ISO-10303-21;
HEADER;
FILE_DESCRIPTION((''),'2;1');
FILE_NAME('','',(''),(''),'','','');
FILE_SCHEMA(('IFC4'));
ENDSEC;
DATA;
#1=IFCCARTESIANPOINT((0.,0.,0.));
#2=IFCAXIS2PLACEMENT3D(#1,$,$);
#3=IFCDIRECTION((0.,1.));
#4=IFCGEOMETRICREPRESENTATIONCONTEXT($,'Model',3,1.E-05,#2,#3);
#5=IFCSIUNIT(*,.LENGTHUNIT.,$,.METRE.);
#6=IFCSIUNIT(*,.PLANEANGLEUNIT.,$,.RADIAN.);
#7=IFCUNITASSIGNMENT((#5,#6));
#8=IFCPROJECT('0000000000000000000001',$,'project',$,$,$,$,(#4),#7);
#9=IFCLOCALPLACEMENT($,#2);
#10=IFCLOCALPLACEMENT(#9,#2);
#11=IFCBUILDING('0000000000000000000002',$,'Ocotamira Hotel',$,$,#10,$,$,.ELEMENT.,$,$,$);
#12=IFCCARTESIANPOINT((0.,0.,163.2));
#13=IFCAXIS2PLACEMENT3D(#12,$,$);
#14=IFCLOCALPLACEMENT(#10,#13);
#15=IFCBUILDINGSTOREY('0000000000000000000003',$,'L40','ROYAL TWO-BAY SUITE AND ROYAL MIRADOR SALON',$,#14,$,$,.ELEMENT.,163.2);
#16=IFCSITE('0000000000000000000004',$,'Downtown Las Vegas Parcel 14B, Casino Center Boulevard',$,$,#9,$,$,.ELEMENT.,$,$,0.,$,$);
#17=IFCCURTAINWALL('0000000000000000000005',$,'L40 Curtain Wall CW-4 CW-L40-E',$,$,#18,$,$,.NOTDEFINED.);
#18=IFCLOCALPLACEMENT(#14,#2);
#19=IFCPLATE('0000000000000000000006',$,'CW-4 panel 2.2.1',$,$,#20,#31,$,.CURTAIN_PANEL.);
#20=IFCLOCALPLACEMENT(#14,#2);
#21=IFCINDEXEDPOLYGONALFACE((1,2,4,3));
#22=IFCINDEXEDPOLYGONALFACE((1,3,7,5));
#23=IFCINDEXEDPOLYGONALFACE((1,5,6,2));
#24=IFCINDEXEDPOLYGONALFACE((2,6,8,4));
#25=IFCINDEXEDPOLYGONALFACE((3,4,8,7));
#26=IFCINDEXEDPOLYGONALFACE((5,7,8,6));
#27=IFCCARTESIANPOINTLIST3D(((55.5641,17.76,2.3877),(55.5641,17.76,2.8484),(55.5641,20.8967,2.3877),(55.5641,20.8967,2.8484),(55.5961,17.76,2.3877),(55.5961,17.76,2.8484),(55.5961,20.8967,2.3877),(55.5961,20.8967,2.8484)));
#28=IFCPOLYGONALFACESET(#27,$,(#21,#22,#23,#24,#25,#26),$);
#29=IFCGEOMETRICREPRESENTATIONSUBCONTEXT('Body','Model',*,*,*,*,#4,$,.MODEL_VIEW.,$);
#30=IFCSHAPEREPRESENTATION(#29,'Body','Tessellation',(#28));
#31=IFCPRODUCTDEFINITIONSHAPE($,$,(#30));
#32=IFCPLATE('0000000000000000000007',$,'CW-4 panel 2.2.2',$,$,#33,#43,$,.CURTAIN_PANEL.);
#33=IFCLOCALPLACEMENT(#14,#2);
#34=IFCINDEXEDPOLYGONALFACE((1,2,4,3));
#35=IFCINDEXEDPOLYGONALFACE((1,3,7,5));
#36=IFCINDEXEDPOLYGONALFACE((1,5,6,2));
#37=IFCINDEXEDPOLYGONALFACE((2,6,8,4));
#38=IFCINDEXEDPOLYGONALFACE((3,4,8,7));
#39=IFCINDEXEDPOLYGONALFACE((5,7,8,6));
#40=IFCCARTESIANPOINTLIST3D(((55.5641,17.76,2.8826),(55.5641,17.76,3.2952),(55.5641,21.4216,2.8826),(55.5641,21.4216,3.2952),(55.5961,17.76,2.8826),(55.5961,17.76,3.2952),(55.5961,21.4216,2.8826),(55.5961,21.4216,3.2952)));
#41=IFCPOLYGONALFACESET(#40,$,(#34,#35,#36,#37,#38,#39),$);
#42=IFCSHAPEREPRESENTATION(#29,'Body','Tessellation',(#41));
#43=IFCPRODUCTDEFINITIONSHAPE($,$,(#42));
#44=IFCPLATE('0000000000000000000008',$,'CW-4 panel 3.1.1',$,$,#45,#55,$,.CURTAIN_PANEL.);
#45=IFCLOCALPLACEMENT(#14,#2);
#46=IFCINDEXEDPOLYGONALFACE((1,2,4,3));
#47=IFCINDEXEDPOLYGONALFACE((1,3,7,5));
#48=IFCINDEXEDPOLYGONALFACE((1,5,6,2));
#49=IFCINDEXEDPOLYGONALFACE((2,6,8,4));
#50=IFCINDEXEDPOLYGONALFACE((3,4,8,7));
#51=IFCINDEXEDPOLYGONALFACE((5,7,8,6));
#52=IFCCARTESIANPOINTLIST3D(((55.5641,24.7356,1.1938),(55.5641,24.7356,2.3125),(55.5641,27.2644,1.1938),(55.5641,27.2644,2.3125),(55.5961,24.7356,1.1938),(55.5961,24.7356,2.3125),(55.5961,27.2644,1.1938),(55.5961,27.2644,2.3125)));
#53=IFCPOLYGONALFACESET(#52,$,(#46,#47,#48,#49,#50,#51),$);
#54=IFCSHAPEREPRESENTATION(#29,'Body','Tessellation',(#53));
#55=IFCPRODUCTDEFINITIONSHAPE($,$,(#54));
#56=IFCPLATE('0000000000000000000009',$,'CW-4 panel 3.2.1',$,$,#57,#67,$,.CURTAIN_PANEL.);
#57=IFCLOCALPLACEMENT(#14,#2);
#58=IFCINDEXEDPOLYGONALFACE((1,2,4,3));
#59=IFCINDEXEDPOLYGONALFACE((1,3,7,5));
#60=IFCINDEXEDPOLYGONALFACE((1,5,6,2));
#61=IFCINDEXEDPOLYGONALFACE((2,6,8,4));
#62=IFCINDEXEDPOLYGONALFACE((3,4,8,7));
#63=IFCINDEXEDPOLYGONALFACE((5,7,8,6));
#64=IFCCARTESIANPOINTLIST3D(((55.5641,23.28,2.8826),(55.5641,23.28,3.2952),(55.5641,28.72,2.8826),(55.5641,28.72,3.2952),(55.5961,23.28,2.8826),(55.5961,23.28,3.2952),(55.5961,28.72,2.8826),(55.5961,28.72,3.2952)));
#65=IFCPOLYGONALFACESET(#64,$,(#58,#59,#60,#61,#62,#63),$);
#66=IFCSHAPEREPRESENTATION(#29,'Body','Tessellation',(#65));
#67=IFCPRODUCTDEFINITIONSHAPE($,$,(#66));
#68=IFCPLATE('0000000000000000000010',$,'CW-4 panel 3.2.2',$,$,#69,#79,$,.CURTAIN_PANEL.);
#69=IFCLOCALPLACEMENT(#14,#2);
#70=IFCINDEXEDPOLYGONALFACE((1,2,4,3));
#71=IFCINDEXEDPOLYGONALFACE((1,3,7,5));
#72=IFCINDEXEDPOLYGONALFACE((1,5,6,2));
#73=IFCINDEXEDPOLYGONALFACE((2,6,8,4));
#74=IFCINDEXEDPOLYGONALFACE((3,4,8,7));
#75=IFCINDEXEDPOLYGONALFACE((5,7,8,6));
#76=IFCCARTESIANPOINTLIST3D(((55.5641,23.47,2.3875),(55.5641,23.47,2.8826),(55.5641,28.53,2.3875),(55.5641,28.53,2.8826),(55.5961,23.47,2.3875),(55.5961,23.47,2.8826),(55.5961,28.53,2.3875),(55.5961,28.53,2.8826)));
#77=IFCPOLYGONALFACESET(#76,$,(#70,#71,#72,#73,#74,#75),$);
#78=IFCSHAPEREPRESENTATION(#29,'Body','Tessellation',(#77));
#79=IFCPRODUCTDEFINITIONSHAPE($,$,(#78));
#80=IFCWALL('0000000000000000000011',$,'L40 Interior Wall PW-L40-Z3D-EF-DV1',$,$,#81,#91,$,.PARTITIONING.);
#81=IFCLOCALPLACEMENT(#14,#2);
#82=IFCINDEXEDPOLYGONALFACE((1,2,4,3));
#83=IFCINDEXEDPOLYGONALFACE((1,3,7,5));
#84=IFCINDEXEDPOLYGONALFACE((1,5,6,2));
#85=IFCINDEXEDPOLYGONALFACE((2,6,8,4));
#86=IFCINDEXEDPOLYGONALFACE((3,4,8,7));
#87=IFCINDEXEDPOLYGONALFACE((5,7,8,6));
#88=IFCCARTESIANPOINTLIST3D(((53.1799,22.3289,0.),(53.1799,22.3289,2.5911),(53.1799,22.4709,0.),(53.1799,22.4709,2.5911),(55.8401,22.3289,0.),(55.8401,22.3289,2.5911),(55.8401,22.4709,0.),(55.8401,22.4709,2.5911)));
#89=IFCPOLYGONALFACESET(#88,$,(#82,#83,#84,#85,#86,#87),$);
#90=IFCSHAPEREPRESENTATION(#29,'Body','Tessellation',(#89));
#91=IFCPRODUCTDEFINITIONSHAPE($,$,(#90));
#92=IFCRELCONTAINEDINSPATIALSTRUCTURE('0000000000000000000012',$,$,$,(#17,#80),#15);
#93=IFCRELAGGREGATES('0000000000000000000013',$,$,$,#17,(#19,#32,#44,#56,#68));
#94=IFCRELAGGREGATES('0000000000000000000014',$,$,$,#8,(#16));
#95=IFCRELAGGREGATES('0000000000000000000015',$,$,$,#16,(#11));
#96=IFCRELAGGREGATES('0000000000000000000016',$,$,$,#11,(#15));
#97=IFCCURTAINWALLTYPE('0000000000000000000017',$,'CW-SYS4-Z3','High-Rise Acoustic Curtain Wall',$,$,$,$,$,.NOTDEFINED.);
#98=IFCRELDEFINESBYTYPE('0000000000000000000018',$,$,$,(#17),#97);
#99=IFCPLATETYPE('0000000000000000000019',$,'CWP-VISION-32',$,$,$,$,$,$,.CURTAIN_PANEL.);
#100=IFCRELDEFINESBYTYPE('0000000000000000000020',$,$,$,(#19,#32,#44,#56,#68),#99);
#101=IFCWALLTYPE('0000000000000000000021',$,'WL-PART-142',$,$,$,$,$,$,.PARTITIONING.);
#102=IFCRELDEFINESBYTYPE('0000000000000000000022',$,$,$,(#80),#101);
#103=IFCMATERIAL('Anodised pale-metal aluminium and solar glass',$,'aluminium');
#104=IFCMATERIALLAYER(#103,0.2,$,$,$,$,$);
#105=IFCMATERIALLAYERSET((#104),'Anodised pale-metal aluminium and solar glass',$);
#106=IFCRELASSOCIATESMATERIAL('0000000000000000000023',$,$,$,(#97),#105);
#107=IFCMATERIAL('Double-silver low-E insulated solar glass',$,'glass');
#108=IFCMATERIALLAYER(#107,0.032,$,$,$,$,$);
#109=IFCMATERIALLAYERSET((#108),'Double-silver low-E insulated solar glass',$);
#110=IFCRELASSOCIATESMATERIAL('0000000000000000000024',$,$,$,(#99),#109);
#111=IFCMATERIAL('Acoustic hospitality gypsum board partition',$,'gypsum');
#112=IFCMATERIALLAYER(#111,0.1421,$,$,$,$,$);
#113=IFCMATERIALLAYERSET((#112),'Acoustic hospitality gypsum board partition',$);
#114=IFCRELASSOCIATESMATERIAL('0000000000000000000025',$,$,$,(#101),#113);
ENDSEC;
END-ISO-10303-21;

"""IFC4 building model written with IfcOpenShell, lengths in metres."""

from ifc_helpers import new_model, si_unit, direction, frame, frame_2d, origin, origin_2d, place, context, subcontext, project, spatial, rectangle, extrude, source, transform, mapped, material, layer, layer_set, type_object, element, aggregate, save


model = new_model("IFC4")

# Units and contexts
model_context = context("Model", 3, precision=1e-05, world=origin(), true_north=direction((0.0, 1.0)))
body_context = subcontext(model_context, "Body", "Model", "MODEL_VIEW")
ifc_project = project(units=[si_unit("LENGTHUNIT", "METRE"), si_unit("PLANEANGLEUNIT", "RADIAN")], contexts=[model_context])

# Site, building, storey
site_placement = place(None, origin())
site = spatial("IfcSite", under=ifc_project, at=site_placement, Name="Downtown Las Vegas Parcel 14B, Casino Center Boulevard", CompositionType="ELEMENT", RefElevation=0.0)
building_placement = place(site_placement, origin())
building = spatial("IfcBuilding", under=site, at=building_placement, Name="Ocotamira Hotel", CompositionType="ELEMENT")
storey_placement = place(building_placement, frame((0.0, 0.0, 163.2)))
storey = spatial("IfcBuildingStorey", under=building, at=storey_placement, Name="L40", Description="ROYAL TWO-BAY SUITE AND ROYAL MIRADOR SALON", CompositionType="ELEMENT", Elevation=163.2)

# Curtain wall
ifc_material_1 = material(Name="Anodised pale-metal aluminium and solar glass", Category="aluminium")
ifc_layer_1 = layer(ifc_material_1, 0.2)
ifc_layer_set_1 = layer_set([ifc_layer_1], Name="Anodised pale-metal aluminium and solar glass")
curtain_wall_type = type_object("IfcCurtainWallType", Name="CW-SYS4-Z3", Description="High-Rise Acoustic Curtain Wall", PredefinedType="NOTDEFINED", material=ifc_layer_set_1)
curtain_wall_placement = place(storey_placement, origin())
curtain_wall = element("IfcCurtainWall", 1, at=curtain_wall_placement, inside=storey, type_object=curtain_wall_type, Name="L40 Curtain Wall CW-4 CW-L40-E", PredefinedType="NOTDEFINED")

# Plates
ifc_material_2 = material(Name="Double-silver low-E insulated solar glass", Category="glass")
ifc_layer_2 = layer(ifc_material_2, 0.032)
ifc_layer_set_2 = layer_set([ifc_layer_2], Name="Double-silver low-E insulated solar glass")
plate_type_1 = type_object("IfcPlateType", Name="CWP-VISION-32", PredefinedType="CURTAIN_PANEL", material=ifc_layer_set_2)
shared_shape_1 = source(origin(), body_context, "Body", "SweptSolid", [
    extrude(rectangle(XDim=3.1367, YDim=0.032, at=origin_2d()), origin(), (0.0, 0.0, 1.0), 0.4607),
])
plate_1_placement = place(storey_placement, frame((55.5801, 19.3284, 2.3877), z_axis=(0.0, 0.0, 1.0), x_axis=(0.0, 1.0, 0.0)))
plate_1 = element("IfcPlate", 2, at=plate_1_placement, type_object=plate_type_1, Name="CW-4 panel 2.2.1", PredefinedType="CURTAIN_PANEL", context=body_context, shape_type="MappedRepresentation", body=[
    mapped(shared_shape_1, transform((0.0, 0.0, 0.0), scale=1.0)),
])
shared_shape_2 = source(origin(), body_context, "Body", "SweptSolid", [
    extrude(rectangle(XDim=3.6616, YDim=0.032, at=origin_2d()), origin(), (0.0, 0.0, 1.0), 0.4126),
])
plate_2_placement = place(storey_placement, frame((55.5801, 19.5908, 2.8826), z_axis=(0.0, 0.0, 1.0), x_axis=(0.0, 1.0, 0.0)))
plate_2 = element("IfcPlate", 3, at=plate_2_placement, type_object=plate_type_1, Name="CW-4 panel 2.2.2", PredefinedType="CURTAIN_PANEL", context=body_context, shape_type="MappedRepresentation", body=[
    mapped(shared_shape_2, transform((0.0, 0.0, 0.0), scale=1.0)),
])
shared_shape_3 = source(origin(), body_context, "Body", "SweptSolid", [
    extrude(rectangle(XDim=2.5288, YDim=0.032, at=origin_2d()), origin(), (0.0, 0.0, 1.0), 1.1187),
])
plate_3_placement = place(storey_placement, frame((55.5801, 26.0, 1.1938), z_axis=(0.0, 0.0, 1.0), x_axis=(0.0, 1.0, 0.0)))
plate_3 = element("IfcPlate", 4, at=plate_3_placement, type_object=plate_type_1, Name="CW-4 panel 3.1.1", PredefinedType="CURTAIN_PANEL", context=body_context, shape_type="MappedRepresentation", body=[
    mapped(shared_shape_3, transform((0.0, 0.0, 0.0), scale=1.0)),
])
shared_shape_4 = source(origin(), body_context, "Body", "SweptSolid", [
    extrude(rectangle(XDim=5.4399, YDim=0.032, at=origin_2d()), origin(), (0.0, 0.0, 1.0), 0.4126),
])
plate_4_placement = place(storey_placement, frame((55.5801, 26.0, 2.8826), z_axis=(0.0, 0.0, 1.0), x_axis=(0.0, 1.0, 0.0)))
plate_4 = element("IfcPlate", 5, at=plate_4_placement, type_object=plate_type_1, Name="CW-4 panel 3.2.1", PredefinedType="CURTAIN_PANEL", context=body_context, shape_type="MappedRepresentation", body=[
    mapped(shared_shape_4, transform((0.0, 0.0, 0.0), scale=1.0)),
])
shared_shape_5 = source(origin(), body_context, "Body", "SweptSolid", [
    extrude(rectangle(XDim=5.0601, YDim=0.032, at=origin_2d()), origin(), (0.0, 0.0, 1.0), 0.4951),
])
plate_5_placement = place(storey_placement, frame((55.5801, 26.0, 2.3875), z_axis=(0.0, 0.0, 1.0), x_axis=(0.0, 1.0, 0.0)))
plate_5 = element("IfcPlate", 6, at=plate_5_placement, type_object=plate_type_1, Name="CW-4 panel 3.2.2", PredefinedType="CURTAIN_PANEL", context=body_context, shape_type="MappedRepresentation", body=[
    mapped(shared_shape_5, transform((0.0, 0.0, 0.0), scale=1.0)),
])
aggregate(curtain_wall, [plate_1, plate_2, plate_3, plate_4, plate_5])

# Wall
ifc_material_3 = material(Name="Acoustic hospitality gypsum board partition", Category="gypsum")
ifc_layer_3 = layer(ifc_material_3, 0.1421)
ifc_layer_set_3 = layer_set([ifc_layer_3], Name="Acoustic hospitality gypsum board partition")
wall_type = type_object("IfcWallType", Name="WL-PART-142", PredefinedType="PARTITIONING", material=ifc_layer_set_3)
wall_placement = place(storey_placement, frame((53.1799, 22.3999, 0.0), z_axis=(0.0, 0.0, 1.0), x_axis=(1.0, 0.0, 0.0)))
element("IfcWall", 7, at=wall_placement, inside=storey, type_object=wall_type, Name="L40 Interior Wall PW-L40-Z3D-EF-DV1", PredefinedType="PARTITIONING", context=body_context, shape_type="SweptSolid", body=[
    extrude(rectangle(XDim=2.6602, YDim=0.1421, at=frame_2d((1.3301, 0.0))), origin(), (0.0, 0.0, 1.0), 2.5911),
])

save(model, "model.ifc")
